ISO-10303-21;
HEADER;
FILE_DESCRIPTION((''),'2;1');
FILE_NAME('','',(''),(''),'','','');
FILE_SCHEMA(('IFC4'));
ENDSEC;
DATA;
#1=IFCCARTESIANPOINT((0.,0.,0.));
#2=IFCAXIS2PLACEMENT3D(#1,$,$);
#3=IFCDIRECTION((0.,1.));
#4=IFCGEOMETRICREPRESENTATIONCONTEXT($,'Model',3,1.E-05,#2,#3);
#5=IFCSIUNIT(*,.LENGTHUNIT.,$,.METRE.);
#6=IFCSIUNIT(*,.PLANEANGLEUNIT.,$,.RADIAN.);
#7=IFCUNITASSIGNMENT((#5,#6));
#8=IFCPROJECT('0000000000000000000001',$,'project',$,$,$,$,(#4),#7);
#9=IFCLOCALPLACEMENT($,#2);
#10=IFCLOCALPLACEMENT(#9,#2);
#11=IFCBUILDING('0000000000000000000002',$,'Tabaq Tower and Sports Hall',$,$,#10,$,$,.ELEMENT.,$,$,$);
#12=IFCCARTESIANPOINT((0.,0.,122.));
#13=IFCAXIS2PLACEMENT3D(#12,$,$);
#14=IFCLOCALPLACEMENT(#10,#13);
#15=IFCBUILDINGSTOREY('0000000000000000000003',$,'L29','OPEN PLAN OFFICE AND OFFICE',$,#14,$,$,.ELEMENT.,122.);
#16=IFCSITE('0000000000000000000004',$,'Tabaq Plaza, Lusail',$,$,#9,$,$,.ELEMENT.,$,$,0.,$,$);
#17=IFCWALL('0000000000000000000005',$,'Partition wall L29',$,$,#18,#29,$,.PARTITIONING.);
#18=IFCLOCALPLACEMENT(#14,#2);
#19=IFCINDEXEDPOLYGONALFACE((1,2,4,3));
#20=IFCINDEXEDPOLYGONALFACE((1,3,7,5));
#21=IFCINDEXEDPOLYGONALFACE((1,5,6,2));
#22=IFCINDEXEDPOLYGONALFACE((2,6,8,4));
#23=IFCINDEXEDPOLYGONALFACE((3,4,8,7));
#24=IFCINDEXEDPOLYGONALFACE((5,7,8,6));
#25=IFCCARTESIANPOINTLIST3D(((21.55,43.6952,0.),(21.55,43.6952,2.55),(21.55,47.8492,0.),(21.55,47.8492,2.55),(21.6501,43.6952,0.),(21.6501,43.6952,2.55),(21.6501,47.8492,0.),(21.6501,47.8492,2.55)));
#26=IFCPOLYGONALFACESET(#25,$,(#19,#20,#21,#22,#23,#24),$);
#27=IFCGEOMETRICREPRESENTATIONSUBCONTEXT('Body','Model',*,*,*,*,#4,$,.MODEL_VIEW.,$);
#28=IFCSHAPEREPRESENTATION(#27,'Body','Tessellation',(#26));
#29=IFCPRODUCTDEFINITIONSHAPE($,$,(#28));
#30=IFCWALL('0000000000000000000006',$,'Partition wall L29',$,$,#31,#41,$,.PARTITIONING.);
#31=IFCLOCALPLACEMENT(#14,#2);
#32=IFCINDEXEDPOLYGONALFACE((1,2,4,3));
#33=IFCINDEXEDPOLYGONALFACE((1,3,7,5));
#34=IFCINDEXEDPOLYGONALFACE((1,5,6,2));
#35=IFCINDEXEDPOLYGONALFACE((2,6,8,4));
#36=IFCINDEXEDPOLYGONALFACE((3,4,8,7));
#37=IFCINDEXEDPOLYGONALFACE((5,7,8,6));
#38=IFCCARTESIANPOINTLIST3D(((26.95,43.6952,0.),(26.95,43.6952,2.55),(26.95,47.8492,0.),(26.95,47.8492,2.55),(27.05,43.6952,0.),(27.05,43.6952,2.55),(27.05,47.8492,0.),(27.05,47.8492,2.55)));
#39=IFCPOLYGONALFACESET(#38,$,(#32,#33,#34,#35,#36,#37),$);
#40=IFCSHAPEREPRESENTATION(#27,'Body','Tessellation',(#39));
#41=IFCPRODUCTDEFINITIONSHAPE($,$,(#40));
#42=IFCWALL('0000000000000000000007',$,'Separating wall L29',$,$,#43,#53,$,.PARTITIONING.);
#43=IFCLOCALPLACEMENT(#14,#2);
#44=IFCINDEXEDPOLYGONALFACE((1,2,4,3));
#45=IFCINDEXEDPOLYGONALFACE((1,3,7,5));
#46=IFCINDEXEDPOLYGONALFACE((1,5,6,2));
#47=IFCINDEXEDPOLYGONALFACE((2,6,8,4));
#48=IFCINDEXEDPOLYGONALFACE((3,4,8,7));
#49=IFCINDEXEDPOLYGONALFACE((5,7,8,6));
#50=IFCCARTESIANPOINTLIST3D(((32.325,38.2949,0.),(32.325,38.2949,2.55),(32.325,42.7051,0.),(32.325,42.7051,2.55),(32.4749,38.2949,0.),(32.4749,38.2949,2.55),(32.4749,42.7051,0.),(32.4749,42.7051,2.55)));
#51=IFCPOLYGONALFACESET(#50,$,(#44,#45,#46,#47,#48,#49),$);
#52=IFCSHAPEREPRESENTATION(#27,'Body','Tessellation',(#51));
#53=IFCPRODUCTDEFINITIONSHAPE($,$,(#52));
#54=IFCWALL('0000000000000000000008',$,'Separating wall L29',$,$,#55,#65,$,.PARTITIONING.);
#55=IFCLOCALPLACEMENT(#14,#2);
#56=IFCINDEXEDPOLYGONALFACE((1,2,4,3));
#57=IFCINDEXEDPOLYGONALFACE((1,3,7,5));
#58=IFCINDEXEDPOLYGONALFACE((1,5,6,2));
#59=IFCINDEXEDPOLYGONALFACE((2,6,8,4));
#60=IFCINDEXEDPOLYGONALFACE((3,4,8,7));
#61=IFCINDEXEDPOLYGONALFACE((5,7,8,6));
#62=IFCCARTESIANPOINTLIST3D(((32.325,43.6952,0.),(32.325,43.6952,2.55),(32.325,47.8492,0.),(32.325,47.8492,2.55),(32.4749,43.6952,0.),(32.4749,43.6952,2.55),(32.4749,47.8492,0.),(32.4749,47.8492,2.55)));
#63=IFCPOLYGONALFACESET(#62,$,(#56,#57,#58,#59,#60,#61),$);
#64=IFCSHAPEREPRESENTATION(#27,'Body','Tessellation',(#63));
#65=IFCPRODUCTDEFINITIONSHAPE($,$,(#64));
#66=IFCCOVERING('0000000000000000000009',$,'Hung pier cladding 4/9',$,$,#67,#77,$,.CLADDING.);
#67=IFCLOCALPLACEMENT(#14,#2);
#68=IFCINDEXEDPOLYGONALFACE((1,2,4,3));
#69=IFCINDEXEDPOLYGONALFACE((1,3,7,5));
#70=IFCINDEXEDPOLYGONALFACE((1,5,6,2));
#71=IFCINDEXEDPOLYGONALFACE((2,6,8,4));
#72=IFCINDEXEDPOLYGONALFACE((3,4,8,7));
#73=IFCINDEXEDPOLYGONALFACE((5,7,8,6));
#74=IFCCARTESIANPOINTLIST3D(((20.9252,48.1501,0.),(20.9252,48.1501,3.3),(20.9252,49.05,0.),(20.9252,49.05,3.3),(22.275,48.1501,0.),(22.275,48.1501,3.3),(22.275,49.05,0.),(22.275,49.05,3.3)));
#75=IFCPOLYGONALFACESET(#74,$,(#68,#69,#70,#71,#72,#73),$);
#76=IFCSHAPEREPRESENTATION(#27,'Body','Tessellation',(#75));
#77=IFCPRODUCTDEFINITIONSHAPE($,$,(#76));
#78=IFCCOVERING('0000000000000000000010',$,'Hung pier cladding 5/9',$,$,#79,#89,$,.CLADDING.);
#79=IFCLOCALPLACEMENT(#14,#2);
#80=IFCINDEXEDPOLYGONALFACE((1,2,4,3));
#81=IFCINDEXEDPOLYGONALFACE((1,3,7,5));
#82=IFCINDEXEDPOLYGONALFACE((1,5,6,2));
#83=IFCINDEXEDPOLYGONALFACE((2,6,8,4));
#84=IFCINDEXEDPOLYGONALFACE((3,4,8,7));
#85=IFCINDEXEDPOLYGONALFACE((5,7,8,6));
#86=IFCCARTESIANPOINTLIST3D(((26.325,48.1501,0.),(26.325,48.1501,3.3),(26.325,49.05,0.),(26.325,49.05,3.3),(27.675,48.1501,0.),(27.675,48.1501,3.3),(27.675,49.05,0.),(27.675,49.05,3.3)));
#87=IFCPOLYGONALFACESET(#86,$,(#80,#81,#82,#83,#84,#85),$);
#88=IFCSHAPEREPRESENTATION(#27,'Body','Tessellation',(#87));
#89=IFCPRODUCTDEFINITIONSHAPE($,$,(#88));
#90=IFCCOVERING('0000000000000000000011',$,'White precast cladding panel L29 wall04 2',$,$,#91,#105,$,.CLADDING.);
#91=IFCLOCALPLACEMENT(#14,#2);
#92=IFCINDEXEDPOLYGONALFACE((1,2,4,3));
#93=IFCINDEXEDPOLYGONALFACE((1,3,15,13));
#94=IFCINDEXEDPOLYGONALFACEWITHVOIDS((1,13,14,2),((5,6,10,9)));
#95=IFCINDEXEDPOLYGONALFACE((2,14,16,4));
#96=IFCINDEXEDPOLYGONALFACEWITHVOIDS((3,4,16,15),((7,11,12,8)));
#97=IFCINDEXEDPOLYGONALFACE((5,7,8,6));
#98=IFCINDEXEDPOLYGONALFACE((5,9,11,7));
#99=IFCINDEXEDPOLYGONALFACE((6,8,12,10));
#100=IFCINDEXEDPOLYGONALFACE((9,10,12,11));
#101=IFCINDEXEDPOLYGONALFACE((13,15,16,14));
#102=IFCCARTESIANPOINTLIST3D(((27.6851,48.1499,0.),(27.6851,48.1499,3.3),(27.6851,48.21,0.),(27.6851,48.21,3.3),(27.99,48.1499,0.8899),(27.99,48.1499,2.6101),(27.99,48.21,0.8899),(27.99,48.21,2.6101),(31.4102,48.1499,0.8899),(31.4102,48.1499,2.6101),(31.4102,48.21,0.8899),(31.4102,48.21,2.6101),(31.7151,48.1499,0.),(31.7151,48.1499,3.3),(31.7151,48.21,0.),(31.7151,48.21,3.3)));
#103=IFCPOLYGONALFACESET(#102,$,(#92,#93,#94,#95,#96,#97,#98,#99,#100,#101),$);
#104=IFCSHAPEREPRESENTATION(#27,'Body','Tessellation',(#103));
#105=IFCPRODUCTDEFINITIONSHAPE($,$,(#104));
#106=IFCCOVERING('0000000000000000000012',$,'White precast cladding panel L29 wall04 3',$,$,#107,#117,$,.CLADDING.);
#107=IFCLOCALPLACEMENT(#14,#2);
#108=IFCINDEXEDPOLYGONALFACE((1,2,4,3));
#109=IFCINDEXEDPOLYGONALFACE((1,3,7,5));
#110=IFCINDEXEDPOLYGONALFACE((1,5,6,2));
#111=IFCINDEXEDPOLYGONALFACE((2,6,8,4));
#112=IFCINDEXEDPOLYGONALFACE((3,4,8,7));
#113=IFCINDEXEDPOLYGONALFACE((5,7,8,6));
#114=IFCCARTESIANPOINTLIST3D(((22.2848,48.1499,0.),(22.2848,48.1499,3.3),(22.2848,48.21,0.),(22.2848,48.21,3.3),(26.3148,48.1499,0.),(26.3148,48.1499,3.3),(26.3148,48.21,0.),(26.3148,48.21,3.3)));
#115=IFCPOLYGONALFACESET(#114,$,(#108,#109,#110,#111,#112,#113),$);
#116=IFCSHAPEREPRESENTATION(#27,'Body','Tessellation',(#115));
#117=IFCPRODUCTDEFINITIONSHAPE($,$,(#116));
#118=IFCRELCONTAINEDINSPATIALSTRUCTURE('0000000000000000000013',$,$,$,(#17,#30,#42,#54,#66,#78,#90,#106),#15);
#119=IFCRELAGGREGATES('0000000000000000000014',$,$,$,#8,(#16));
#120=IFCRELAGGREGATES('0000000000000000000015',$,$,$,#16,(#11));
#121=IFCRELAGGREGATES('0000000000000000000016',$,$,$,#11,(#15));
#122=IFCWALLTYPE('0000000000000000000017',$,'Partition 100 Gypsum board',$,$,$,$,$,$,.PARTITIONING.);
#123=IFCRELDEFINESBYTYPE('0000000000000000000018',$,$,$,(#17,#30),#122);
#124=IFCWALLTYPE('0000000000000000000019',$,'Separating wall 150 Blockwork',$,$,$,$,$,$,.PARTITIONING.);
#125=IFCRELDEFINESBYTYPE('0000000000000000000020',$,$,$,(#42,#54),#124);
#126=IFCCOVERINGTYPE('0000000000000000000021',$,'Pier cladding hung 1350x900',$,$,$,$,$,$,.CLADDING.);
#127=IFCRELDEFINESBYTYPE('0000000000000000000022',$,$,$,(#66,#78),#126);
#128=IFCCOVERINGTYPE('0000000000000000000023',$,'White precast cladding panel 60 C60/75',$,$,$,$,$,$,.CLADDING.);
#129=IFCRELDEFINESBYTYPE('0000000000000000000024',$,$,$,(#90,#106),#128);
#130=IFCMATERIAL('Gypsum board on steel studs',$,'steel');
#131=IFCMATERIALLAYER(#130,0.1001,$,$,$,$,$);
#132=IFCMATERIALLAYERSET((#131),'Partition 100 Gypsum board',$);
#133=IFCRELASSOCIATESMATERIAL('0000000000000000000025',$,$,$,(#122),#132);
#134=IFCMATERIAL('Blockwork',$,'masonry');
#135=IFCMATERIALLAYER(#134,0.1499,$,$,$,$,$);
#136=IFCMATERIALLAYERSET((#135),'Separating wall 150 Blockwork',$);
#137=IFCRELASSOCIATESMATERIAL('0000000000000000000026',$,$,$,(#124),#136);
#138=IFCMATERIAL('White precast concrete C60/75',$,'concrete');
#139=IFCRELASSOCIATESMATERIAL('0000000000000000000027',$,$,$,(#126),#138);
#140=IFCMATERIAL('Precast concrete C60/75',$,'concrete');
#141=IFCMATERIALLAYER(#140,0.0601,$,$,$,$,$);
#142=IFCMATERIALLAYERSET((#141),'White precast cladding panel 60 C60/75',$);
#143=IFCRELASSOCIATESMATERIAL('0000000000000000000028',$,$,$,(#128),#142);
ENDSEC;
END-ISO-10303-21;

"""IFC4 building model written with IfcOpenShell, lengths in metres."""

from ifc_helpers import new_model, si_unit, direction, frame, frame_2d, origin, place, context, subcontext, project, spatial, polyline, rectangle, outline, extrude, material, layer, layer_set, type_object, element, save


model = new_model("IFC4")

# Units and contexts
model_context = context("Model", 3, precision=1e-05, world=origin(), true_north=direction((0.0, 1.0)))
body_context = subcontext(model_context, "Body", "Model", "MODEL_VIEW")
ifc_project = project(units=[si_unit("LENGTHUNIT", "METRE"), si_unit("PLANEANGLEUNIT", "RADIAN")], contexts=[model_context])

# Site, building, storey
site_placement = place(None, origin())
site = spatial("IfcSite", under=ifc_project, at=site_placement, Name="Tabaq Plaza, Lusail", CompositionType="ELEMENT", RefElevation=0.0)
building_placement = place(site_placement, origin())
building = spatial("IfcBuilding", under=site, at=building_placement, Name="Tabaq Tower and Sports Hall", CompositionType="ELEMENT")
storey_placement = place(building_placement, frame((0.0, 0.0, 122.0)))
storey = spatial("IfcBuildingStorey", under=building, at=storey_placement, Name="L29", Description="OPEN PLAN OFFICE AND OFFICE", CompositionType="ELEMENT", Elevation=122.0)

# Shared definitions
ifc_material_1 = material(Name="Gypsum board on steel studs", Category="steel")
ifc_layer_1 = layer(ifc_material_1, 0.1001)
ifc_layer_set_1 = layer_set([ifc_layer_1], Name="Partition 100 Gypsum board")
wall_type_1 = type_object("IfcWallType", Name="Partition 100 Gypsum board", PredefinedType="PARTITIONING", material=ifc_layer_set_1)

# Walls
for number, where, z_axis, x_axis, name in (
    (1, (21.6001, 43.6951, 0.0), (0.0, 0.0, 1.0), (0.0, 1.0, 0.0), "Partition wall L29"),
    (2, (27.0, 43.6951, 0.0), (0.0, 0.0, 1.0), (0.0, 1.0, 0.0), "Partition wall L29"),
):
    element("IfcWall", number, at=place(storey_placement, frame(where, z_axis=z_axis, x_axis=x_axis)), inside=storey, type_object=wall_type_1, Name=name, PredefinedType="PARTITIONING", context=body_context, shape_type="SweptSolid", body=[
        extrude(rectangle(XDim=4.1541, YDim=0.1001, at=frame_2d((2.0771, 0.0))), origin(), (0.0, 0.0, 1.0), 2.55),
    ])
ifc_material_2 = material(Name="Blockwork", Category="masonry")
ifc_layer_2 = layer(ifc_material_2, 0.1499)
ifc_layer_set_2 = layer_set([ifc_layer_2], Name="Separating wall 150 Blockwork")
wall_type_2 = type_object("IfcWallType", Name="Separating wall 150 Blockwork", PredefinedType="PARTITIONING", material=ifc_layer_set_2)
wall_1_placement = place(storey_placement, frame((32.3999, 38.2949, 0.0), z_axis=(0.0, 0.0, 1.0), x_axis=(0.0, 1.0, 0.0)))
element("IfcWall", 3, at=wall_1_placement, inside=storey, type_object=wall_type_2, Name="Separating wall L29", PredefinedType="PARTITIONING", context=body_context, shape_type="SweptSolid", body=[
    extrude(rectangle(XDim=4.4102, YDim=0.1499, at=frame_2d((2.2051, 0.0))), origin(), (0.0, 0.0, 1.0), 2.55),
])
wall_2_placement = place(storey_placement, frame((32.3999, 43.6951, 0.0), z_axis=(0.0, 0.0, 1.0), x_axis=(0.0, 1.0, 0.0)))
element("IfcWall", 4, at=wall_2_placement, inside=storey, type_object=wall_type_2, Name="Separating wall L29", PredefinedType="PARTITIONING", context=body_context, shape_type="SweptSolid", body=[
    extrude(rectangle(XDim=4.1541, YDim=0.1499, at=frame_2d((2.0771, 0.0))), origin(), (0.0, 0.0, 1.0), 2.55),
])

# Coverings
ifc_material_3 = material(Name="White precast concrete C60/75", Category="concrete")
covering_type_1 = type_object("IfcCoveringType", Name="Pier cladding hung 1350x900", PredefinedType="CLADDING", material=ifc_material_3)
covering_1_placement = place(storey_placement, frame((22.2749, 48.6001, 0.0), z_axis=(0.0, 0.0, 1.0), x_axis=(-1.0, 0.0, 0.0)))
element("IfcCovering", 5, at=covering_1_placement, inside=storey, type_object=covering_type_1, Name="Hung pier cladding 4/9", PredefinedType="CLADDING", context=body_context, shape_type="SweptSolid", body=[
    extrude(rectangle(XDim=1.3499, YDim=0.8999, at=frame_2d((0.6748, 0.0))), origin(), (0.0, 0.0, 1.0), 3.3),
])
covering_2_placement = place(storey_placement, frame((27.675, 48.6001, 0.0), z_axis=(0.0, 0.0, 1.0), x_axis=(-1.0, 0.0, 0.0)))
element("IfcCovering", 6, at=covering_2_placement, inside=storey, type_object=covering_type_1, Name="Hung pier cladding 5/9", PredefinedType="CLADDING", context=body_context, shape_type="SweptSolid", body=[
    extrude(rectangle(XDim=1.3501, YDim=0.8999, at=frame_2d((0.675, 0.0))), origin(), (0.0, 0.0, 1.0), 3.3),
])
ifc_material_4 = material(Name="Precast concrete C60/75", Category="concrete")
ifc_layer_3 = layer(ifc_material_4, 0.0601)
ifc_layer_set_3 = layer_set([ifc_layer_3], Name="White precast cladding panel 60 C60/75")
covering_type_2 = type_object("IfcCoveringType", Name="White precast cladding panel 60 C60/75", PredefinedType="CLADDING", material=ifc_layer_set_3)
covering_3_placement = place(storey_placement, frame((31.7151, 48.1799, 0.0), z_axis=(0.0, 0.0, 1.0), x_axis=(-1.0, 0.0, 0.0)))
element("IfcCovering", 7, at=covering_3_placement, inside=storey, type_object=covering_type_2, Name="White precast cladding panel L29 wall04 2", PredefinedType="CLADDING", context=body_context, shape_type="SweptSolid", body=[
    extrude(outline(polyline([(0.0, 0.0), (4.03, 0.0), (4.03, 3.3), (0.0, 3.3), (0.0, 0.0)]), holes=[polyline([(0.3049, 0.8899), (0.3049, 2.6101), (3.7251, 2.6101), (3.7251, 0.8899), (0.3049, 0.8899)])]), frame((0.0, 0.03, 0.0), z_axis=(0.0, -1.0, 0.0), x_axis=(1.0, 0.0, 0.0)), (0.0, 0.0, 1.0), 0.0601),
])
covering_4_placement = place(storey_placement, frame((26.3149, 48.1799, 0.0), z_axis=(0.0, 0.0, 1.0), x_axis=(-1.0, 0.0, 0.0)))
element("IfcCovering", 8, at=covering_4_placement, inside=storey, type_object=covering_type_2, Name="White precast cladding panel L29 wall04 3", PredefinedType="CLADDING", context=body_context, shape_type="SweptSolid", body=[
    extrude(rectangle(XDim=4.03, YDim=0.0601, at=frame_2d((2.0151, 0.0))), origin(), (0.0, 0.0, 1.0), 3.3),
])

save(model, "model.ifc")
